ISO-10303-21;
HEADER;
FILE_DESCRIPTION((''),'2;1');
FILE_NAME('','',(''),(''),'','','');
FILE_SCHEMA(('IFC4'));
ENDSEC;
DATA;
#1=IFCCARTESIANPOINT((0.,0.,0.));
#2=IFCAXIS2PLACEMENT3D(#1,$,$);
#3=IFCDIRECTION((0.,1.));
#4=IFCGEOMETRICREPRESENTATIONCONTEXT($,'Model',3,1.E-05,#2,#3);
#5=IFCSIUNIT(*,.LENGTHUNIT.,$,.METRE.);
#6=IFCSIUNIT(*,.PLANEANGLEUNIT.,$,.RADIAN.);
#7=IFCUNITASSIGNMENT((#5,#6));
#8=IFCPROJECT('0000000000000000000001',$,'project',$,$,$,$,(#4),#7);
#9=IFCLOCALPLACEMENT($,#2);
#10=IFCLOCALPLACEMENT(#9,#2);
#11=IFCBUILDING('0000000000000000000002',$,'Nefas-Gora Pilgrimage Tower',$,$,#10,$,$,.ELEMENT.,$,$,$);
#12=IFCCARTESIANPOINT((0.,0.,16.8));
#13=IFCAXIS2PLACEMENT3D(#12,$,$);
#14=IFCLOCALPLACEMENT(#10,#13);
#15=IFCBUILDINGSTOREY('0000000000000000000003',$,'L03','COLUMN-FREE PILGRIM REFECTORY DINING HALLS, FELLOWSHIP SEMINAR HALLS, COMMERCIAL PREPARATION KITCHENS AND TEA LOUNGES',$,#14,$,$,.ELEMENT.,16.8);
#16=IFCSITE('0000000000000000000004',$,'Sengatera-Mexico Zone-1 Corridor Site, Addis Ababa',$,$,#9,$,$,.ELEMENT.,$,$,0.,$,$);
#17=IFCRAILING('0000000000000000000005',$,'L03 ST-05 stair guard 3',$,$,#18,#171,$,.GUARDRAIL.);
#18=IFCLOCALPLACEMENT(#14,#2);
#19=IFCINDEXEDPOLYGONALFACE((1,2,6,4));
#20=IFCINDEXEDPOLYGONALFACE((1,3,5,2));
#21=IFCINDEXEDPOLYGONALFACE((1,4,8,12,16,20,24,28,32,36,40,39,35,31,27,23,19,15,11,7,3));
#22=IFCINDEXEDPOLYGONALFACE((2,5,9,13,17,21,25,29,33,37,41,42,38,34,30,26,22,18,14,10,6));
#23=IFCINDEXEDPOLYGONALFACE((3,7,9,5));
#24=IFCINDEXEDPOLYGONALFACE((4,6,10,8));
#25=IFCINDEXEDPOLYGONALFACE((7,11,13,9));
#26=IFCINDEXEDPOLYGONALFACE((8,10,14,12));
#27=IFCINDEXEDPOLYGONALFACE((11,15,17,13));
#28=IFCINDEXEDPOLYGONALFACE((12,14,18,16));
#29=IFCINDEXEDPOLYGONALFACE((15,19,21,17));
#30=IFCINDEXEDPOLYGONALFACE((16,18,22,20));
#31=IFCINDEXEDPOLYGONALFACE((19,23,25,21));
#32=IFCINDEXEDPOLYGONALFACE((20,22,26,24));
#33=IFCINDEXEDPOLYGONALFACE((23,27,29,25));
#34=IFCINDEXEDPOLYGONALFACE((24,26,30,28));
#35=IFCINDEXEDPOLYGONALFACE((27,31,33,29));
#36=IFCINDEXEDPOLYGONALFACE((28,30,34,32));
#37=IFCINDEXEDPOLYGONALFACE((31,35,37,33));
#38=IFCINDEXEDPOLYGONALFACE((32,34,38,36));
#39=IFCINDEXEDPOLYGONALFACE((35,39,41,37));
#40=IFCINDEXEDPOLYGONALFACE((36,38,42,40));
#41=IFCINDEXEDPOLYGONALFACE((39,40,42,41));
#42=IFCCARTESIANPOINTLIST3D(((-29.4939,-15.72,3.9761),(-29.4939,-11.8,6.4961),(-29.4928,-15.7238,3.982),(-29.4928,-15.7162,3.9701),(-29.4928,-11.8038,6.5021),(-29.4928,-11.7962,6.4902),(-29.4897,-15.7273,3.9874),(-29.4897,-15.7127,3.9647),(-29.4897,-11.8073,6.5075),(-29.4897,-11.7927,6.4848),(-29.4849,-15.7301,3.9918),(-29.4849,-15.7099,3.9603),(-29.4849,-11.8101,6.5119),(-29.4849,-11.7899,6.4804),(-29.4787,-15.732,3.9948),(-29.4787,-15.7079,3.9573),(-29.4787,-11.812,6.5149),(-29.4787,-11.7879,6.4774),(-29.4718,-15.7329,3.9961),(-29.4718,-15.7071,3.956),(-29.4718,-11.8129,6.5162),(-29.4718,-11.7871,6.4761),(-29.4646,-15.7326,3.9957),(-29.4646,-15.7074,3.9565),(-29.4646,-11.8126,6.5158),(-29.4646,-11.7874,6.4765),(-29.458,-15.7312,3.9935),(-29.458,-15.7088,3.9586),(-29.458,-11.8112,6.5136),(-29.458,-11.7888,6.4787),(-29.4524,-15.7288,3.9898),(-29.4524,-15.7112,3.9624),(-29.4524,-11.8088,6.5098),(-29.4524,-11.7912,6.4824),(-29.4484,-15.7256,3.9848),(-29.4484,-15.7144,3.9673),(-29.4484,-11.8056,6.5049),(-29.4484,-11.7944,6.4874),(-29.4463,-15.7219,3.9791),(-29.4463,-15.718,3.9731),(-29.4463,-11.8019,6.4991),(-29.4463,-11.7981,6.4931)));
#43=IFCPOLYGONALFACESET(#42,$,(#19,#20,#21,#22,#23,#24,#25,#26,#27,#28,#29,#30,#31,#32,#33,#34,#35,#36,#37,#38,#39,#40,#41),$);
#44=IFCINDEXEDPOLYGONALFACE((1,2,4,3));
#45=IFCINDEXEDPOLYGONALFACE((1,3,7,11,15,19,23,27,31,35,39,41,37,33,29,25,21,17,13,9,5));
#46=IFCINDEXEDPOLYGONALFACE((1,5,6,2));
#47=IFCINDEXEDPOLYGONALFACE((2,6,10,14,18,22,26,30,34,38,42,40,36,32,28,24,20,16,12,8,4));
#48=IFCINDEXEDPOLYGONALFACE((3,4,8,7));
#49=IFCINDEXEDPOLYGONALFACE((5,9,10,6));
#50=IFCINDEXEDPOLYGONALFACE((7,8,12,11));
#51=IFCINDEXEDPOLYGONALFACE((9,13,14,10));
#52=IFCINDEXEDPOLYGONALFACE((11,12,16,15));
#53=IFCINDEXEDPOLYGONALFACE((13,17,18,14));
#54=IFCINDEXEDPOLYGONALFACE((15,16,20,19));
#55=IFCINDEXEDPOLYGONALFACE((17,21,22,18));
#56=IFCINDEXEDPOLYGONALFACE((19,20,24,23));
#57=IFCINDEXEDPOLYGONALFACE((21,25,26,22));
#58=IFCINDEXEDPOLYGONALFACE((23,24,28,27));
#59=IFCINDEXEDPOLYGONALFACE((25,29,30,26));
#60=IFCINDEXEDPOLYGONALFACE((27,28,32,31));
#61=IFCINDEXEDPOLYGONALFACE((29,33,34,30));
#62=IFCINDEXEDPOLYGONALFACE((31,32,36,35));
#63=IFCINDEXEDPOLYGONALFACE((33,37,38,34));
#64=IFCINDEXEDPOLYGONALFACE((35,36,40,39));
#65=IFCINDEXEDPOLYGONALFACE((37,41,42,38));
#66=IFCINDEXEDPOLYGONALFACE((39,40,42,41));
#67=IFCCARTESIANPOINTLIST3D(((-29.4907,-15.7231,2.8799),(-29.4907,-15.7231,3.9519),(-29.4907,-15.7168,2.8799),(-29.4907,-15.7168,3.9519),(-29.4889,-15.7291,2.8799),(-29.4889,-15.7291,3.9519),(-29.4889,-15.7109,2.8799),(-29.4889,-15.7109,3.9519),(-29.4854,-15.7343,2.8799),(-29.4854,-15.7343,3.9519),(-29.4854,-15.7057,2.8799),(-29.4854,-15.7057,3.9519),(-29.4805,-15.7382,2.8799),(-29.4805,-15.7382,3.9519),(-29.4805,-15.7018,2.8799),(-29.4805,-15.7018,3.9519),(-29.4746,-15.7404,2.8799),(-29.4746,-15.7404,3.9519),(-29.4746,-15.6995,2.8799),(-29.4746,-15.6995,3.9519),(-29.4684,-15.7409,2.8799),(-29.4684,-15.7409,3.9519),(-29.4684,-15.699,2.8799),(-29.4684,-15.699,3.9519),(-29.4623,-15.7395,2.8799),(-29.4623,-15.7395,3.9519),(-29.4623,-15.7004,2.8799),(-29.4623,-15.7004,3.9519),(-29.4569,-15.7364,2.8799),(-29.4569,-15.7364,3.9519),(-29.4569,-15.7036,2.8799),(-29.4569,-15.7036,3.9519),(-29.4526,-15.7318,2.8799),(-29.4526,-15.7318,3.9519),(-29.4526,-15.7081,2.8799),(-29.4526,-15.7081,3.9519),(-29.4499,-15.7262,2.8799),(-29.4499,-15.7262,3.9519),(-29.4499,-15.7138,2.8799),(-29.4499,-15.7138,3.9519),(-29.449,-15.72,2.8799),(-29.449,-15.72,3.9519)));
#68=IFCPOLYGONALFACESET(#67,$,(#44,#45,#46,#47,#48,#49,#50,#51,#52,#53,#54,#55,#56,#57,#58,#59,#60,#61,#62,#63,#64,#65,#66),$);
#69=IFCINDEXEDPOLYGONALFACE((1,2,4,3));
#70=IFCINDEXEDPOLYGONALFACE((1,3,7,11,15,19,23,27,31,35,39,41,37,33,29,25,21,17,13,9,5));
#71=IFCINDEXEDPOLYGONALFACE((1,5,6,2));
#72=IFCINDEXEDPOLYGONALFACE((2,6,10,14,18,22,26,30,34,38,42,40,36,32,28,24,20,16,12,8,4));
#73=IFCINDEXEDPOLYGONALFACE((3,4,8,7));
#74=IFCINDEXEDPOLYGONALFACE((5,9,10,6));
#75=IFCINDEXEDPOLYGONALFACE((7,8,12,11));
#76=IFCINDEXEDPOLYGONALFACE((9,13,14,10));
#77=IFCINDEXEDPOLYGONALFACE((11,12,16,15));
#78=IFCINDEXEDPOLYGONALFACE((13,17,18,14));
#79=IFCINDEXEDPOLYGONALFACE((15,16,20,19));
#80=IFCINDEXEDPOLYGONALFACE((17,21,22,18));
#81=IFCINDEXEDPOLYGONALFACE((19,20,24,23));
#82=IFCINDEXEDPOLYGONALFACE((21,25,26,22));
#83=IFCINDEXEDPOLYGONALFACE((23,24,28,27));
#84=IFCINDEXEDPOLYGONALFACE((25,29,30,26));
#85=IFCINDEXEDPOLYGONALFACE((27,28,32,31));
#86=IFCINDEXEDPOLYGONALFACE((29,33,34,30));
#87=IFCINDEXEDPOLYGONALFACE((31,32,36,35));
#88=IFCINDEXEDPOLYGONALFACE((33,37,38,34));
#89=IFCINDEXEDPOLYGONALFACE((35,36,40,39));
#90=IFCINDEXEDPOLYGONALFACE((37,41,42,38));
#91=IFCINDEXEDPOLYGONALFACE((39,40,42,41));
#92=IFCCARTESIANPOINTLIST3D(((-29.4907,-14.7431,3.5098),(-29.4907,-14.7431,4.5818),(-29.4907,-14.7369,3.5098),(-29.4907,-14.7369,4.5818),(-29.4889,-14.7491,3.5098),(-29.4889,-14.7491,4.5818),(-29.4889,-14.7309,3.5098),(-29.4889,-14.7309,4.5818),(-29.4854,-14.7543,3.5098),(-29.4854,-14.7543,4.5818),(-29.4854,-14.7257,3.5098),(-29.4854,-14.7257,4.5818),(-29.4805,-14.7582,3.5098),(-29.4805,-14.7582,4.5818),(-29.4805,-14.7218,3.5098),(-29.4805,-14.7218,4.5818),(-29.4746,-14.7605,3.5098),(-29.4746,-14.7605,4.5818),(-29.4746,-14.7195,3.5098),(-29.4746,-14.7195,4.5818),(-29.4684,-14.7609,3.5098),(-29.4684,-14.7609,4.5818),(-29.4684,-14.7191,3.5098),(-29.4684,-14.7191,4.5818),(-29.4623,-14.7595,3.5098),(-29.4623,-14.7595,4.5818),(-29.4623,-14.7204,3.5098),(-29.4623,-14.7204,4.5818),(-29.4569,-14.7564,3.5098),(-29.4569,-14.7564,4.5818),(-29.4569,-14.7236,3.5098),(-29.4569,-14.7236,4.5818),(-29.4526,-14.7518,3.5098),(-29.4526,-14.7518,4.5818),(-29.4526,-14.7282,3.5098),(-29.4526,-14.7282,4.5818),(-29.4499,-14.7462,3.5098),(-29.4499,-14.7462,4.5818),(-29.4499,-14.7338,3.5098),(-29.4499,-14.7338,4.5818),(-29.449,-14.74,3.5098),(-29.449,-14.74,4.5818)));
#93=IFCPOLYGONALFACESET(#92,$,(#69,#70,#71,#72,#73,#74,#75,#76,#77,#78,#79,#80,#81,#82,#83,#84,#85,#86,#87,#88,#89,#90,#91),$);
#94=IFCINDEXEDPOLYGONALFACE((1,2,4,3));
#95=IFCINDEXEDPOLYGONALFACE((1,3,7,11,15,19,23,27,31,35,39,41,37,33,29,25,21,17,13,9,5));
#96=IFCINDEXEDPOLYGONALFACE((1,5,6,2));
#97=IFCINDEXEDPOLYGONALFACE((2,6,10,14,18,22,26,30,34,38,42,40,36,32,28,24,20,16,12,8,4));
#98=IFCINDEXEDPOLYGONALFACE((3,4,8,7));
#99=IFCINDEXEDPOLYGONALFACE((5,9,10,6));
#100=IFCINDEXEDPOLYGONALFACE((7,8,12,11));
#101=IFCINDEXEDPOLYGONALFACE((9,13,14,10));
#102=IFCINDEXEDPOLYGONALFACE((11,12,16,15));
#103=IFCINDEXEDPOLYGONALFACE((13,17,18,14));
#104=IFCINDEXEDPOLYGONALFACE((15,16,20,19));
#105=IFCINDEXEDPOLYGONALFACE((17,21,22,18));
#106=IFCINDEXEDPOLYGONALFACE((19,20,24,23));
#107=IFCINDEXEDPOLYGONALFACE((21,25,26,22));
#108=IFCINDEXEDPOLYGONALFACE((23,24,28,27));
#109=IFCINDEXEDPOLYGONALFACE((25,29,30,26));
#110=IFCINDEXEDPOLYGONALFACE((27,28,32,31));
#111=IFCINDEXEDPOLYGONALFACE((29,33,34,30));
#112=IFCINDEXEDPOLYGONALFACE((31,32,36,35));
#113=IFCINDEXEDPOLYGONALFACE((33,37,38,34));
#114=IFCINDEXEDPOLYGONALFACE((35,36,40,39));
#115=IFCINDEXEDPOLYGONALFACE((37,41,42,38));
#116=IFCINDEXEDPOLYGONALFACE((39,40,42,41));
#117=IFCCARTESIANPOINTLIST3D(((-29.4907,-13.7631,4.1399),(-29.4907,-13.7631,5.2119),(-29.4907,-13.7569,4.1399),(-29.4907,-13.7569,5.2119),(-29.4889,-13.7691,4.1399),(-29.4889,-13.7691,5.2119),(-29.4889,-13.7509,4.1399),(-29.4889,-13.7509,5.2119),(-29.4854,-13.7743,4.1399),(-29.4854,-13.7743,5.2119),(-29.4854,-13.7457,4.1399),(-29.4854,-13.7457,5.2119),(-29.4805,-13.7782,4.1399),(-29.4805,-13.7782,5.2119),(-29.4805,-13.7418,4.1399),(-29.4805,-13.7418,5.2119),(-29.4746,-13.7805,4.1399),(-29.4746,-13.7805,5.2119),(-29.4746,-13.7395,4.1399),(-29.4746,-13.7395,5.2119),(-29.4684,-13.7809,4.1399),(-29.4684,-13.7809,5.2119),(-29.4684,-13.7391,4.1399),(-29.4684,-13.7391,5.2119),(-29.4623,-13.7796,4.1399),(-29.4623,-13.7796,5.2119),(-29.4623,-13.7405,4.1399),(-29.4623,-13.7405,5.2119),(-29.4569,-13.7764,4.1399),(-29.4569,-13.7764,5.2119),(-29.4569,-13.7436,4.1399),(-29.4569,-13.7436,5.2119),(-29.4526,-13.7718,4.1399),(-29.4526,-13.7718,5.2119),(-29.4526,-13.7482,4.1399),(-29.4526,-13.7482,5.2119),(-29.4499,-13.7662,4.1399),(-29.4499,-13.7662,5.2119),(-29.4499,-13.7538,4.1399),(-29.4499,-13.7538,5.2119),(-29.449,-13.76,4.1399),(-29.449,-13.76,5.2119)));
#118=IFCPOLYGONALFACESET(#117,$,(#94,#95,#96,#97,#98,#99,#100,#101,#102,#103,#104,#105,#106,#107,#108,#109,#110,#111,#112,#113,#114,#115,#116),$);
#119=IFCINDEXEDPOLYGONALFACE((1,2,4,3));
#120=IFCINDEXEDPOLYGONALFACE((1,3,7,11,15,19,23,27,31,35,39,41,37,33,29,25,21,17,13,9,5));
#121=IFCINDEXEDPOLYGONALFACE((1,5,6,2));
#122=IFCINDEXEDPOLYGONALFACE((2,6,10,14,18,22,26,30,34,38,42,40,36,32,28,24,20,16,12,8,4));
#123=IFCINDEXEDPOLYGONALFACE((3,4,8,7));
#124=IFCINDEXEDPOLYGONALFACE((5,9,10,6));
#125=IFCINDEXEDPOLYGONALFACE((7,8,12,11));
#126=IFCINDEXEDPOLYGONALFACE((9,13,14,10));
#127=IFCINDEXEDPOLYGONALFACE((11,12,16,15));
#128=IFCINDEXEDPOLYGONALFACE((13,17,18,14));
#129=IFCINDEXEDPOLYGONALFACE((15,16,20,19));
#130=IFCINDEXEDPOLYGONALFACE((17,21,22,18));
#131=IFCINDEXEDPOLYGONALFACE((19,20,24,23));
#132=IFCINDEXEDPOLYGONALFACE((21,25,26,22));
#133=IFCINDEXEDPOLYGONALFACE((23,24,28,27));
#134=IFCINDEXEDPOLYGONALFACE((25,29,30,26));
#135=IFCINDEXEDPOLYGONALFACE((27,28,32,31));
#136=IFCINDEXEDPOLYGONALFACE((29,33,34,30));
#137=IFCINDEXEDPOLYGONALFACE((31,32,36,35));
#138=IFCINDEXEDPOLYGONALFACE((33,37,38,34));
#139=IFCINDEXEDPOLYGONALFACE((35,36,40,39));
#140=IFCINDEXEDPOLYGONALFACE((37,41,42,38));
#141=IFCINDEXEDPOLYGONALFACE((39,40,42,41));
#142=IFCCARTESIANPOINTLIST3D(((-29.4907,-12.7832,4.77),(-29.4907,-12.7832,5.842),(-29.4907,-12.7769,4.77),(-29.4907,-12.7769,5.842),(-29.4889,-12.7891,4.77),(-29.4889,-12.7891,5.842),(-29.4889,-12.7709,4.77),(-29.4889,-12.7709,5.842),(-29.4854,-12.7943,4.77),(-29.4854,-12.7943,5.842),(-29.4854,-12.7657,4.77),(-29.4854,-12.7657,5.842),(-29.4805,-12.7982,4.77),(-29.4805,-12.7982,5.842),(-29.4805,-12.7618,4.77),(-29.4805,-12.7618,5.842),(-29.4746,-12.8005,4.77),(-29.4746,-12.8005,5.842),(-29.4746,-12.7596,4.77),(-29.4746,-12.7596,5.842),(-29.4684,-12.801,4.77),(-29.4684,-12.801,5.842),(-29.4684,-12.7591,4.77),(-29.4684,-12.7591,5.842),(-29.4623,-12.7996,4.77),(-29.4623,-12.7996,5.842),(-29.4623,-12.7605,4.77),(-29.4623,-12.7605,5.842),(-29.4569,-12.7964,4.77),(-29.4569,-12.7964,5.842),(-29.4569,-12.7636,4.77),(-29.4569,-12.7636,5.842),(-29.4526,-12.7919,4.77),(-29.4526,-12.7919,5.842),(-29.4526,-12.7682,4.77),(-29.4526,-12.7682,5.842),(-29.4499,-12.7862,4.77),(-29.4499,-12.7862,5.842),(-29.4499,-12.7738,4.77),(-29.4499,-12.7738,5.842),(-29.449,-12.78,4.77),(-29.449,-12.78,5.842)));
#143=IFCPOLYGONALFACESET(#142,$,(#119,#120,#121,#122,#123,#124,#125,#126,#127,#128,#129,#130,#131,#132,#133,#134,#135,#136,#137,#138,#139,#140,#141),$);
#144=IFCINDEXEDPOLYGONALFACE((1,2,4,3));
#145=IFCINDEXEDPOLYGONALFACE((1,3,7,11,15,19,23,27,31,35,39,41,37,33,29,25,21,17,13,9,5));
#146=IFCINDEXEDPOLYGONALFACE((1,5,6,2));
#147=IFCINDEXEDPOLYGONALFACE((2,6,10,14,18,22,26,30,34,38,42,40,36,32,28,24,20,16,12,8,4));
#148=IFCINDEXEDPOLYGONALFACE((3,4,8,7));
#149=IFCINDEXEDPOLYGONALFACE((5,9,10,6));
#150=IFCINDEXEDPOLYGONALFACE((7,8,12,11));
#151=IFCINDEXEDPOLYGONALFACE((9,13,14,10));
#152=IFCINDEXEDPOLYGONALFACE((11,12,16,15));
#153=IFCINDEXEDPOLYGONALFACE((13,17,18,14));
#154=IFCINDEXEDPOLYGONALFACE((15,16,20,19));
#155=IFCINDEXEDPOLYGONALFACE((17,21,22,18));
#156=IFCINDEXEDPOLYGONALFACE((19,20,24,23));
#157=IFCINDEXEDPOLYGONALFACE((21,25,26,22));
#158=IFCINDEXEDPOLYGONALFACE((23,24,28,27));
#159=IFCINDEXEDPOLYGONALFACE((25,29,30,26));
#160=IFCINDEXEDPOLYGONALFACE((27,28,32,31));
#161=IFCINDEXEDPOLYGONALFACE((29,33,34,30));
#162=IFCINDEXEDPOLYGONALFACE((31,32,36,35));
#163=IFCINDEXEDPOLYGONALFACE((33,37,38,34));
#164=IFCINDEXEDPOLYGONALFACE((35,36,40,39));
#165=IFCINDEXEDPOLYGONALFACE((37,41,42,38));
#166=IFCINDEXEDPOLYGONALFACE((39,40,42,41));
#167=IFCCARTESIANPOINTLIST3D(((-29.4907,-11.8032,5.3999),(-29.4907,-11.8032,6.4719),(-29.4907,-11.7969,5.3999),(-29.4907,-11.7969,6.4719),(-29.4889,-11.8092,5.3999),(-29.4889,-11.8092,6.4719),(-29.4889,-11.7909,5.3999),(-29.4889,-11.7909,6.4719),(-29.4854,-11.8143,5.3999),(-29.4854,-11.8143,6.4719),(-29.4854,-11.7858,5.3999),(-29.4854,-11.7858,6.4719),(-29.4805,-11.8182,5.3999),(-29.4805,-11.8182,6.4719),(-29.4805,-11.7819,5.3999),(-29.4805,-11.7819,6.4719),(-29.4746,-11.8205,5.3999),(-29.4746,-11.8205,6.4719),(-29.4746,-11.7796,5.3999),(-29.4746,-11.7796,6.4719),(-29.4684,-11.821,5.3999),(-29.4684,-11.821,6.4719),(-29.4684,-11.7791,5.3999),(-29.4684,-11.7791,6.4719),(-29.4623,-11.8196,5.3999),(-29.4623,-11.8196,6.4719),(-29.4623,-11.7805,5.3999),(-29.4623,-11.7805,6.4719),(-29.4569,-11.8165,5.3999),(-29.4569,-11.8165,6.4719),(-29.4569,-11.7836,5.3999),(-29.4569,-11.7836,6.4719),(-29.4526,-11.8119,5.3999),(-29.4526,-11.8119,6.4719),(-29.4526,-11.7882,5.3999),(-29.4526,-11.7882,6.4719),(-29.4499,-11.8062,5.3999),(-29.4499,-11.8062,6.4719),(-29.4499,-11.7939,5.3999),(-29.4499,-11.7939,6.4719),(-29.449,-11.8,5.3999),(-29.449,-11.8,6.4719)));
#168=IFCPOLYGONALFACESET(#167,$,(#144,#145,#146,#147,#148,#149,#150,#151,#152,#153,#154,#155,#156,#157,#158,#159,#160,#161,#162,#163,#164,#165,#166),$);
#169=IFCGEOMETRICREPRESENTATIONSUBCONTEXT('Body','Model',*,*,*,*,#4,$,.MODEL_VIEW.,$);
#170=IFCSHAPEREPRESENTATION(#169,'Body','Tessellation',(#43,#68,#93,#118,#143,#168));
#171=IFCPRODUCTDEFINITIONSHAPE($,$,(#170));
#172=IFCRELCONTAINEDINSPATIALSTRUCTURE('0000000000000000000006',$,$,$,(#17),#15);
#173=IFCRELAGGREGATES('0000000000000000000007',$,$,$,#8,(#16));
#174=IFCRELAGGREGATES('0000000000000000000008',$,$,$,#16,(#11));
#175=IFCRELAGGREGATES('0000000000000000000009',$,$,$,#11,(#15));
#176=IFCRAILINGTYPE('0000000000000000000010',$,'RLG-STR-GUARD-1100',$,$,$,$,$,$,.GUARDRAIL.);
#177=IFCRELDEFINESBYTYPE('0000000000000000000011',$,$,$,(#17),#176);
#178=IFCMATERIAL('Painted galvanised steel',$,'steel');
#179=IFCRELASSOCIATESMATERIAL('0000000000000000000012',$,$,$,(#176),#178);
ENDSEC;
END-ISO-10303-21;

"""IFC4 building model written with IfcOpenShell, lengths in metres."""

from ifc_helpers import new_model, si_unit, direction, frame, origin, origin_2d, place, context, subcontext, project, spatial, circle, extrude, material, type_object, element, save


model = new_model("IFC4")

# Units and contexts
model_context = context("Model", 3, precision=1e-05, world=origin(), true_north=direction((0.0, 1.0)))
body_context = subcontext(model_context, "Body", "Model", "MODEL_VIEW")
ifc_project = project(units=[si_unit("LENGTHUNIT", "METRE"), si_unit("PLANEANGLEUNIT", "RADIAN")], contexts=[model_context])

# Site, building, storey
site_placement = place(None, origin())
site = spatial("IfcSite", under=ifc_project, at=site_placement, Name="Sengatera-Mexico Zone-1 Corridor Site, Addis Ababa", CompositionType="ELEMENT", RefElevation=0.0)
building_placement = place(site_placement, origin())
building = spatial("IfcBuilding", under=site, at=building_placement, Name="Nefas-Gora Pilgrimage Tower", CompositionType="ELEMENT")
storey_placement = place(building_placement, frame((0.0, 0.0, 16.8)))
storey = spatial("IfcBuildingStorey", under=building, at=storey_placement, Name="L03", Description="COLUMN-FREE PILGRIM REFECTORY DINING HALLS, FELLOWSHIP SEMINAR HALLS, COMMERCIAL PREPARATION KITCHENS AND TEA LOUNGES", CompositionType="ELEMENT", Elevation=16.8)

# Railing
ifc_material_1 = material(Name="Painted galvanised steel", Category="steel")
railing_type_1 = type_object("IfcRailingType", Name="RLG-STR-GUARD-1100", PredefinedType="GUARDRAIL", material=ifc_material_1)
railing_1_placement = place(storey_placement, frame((-29.47, -15.72, 2.8799)))
element("IfcRailing", 1, at=railing_1_placement, inside=storey, type_object=railing_type_1, Name="L03 ST-05 stair guard 3", PredefinedType="GUARDRAIL", context=body_context, shape_type="SweptSolid", body=[
    extrude(circle(Radius=0.0239, at=origin_2d()), frame((0.0, 0.0, 1.0962), z_axis=(0.0, 0.841172, 0.540768), x_axis=(-1.0, 0.0, 0.0)), (0.0, 0.0, 1.0), 4.6602),
    extrude(circle(Radius=0.021, at=origin_2d()), origin(), (0.0, 0.0, 1.0), 1.072),
    extrude(circle(Radius=0.021, at=origin_2d()), frame((0.0, 0.98, 0.6299)), (0.0, 0.0, 1.0), 1.072),
    extrude(circle(Radius=0.021, at=origin_2d()), frame((0.0, 1.96, 1.26)), (0.0, 0.0, 1.0), 1.072),
    extrude(circle(Radius=0.021, at=origin_2d()), frame((0.0, 2.9399, 1.8901)), (0.0, 0.0, 1.0), 1.072),
    extrude(circle(Radius=0.021, at=origin_2d()), frame((0.0, 3.9199, 2.52)), (0.0, 0.0, 1.0), 1.072),
])

save(model, "model.ifc")
